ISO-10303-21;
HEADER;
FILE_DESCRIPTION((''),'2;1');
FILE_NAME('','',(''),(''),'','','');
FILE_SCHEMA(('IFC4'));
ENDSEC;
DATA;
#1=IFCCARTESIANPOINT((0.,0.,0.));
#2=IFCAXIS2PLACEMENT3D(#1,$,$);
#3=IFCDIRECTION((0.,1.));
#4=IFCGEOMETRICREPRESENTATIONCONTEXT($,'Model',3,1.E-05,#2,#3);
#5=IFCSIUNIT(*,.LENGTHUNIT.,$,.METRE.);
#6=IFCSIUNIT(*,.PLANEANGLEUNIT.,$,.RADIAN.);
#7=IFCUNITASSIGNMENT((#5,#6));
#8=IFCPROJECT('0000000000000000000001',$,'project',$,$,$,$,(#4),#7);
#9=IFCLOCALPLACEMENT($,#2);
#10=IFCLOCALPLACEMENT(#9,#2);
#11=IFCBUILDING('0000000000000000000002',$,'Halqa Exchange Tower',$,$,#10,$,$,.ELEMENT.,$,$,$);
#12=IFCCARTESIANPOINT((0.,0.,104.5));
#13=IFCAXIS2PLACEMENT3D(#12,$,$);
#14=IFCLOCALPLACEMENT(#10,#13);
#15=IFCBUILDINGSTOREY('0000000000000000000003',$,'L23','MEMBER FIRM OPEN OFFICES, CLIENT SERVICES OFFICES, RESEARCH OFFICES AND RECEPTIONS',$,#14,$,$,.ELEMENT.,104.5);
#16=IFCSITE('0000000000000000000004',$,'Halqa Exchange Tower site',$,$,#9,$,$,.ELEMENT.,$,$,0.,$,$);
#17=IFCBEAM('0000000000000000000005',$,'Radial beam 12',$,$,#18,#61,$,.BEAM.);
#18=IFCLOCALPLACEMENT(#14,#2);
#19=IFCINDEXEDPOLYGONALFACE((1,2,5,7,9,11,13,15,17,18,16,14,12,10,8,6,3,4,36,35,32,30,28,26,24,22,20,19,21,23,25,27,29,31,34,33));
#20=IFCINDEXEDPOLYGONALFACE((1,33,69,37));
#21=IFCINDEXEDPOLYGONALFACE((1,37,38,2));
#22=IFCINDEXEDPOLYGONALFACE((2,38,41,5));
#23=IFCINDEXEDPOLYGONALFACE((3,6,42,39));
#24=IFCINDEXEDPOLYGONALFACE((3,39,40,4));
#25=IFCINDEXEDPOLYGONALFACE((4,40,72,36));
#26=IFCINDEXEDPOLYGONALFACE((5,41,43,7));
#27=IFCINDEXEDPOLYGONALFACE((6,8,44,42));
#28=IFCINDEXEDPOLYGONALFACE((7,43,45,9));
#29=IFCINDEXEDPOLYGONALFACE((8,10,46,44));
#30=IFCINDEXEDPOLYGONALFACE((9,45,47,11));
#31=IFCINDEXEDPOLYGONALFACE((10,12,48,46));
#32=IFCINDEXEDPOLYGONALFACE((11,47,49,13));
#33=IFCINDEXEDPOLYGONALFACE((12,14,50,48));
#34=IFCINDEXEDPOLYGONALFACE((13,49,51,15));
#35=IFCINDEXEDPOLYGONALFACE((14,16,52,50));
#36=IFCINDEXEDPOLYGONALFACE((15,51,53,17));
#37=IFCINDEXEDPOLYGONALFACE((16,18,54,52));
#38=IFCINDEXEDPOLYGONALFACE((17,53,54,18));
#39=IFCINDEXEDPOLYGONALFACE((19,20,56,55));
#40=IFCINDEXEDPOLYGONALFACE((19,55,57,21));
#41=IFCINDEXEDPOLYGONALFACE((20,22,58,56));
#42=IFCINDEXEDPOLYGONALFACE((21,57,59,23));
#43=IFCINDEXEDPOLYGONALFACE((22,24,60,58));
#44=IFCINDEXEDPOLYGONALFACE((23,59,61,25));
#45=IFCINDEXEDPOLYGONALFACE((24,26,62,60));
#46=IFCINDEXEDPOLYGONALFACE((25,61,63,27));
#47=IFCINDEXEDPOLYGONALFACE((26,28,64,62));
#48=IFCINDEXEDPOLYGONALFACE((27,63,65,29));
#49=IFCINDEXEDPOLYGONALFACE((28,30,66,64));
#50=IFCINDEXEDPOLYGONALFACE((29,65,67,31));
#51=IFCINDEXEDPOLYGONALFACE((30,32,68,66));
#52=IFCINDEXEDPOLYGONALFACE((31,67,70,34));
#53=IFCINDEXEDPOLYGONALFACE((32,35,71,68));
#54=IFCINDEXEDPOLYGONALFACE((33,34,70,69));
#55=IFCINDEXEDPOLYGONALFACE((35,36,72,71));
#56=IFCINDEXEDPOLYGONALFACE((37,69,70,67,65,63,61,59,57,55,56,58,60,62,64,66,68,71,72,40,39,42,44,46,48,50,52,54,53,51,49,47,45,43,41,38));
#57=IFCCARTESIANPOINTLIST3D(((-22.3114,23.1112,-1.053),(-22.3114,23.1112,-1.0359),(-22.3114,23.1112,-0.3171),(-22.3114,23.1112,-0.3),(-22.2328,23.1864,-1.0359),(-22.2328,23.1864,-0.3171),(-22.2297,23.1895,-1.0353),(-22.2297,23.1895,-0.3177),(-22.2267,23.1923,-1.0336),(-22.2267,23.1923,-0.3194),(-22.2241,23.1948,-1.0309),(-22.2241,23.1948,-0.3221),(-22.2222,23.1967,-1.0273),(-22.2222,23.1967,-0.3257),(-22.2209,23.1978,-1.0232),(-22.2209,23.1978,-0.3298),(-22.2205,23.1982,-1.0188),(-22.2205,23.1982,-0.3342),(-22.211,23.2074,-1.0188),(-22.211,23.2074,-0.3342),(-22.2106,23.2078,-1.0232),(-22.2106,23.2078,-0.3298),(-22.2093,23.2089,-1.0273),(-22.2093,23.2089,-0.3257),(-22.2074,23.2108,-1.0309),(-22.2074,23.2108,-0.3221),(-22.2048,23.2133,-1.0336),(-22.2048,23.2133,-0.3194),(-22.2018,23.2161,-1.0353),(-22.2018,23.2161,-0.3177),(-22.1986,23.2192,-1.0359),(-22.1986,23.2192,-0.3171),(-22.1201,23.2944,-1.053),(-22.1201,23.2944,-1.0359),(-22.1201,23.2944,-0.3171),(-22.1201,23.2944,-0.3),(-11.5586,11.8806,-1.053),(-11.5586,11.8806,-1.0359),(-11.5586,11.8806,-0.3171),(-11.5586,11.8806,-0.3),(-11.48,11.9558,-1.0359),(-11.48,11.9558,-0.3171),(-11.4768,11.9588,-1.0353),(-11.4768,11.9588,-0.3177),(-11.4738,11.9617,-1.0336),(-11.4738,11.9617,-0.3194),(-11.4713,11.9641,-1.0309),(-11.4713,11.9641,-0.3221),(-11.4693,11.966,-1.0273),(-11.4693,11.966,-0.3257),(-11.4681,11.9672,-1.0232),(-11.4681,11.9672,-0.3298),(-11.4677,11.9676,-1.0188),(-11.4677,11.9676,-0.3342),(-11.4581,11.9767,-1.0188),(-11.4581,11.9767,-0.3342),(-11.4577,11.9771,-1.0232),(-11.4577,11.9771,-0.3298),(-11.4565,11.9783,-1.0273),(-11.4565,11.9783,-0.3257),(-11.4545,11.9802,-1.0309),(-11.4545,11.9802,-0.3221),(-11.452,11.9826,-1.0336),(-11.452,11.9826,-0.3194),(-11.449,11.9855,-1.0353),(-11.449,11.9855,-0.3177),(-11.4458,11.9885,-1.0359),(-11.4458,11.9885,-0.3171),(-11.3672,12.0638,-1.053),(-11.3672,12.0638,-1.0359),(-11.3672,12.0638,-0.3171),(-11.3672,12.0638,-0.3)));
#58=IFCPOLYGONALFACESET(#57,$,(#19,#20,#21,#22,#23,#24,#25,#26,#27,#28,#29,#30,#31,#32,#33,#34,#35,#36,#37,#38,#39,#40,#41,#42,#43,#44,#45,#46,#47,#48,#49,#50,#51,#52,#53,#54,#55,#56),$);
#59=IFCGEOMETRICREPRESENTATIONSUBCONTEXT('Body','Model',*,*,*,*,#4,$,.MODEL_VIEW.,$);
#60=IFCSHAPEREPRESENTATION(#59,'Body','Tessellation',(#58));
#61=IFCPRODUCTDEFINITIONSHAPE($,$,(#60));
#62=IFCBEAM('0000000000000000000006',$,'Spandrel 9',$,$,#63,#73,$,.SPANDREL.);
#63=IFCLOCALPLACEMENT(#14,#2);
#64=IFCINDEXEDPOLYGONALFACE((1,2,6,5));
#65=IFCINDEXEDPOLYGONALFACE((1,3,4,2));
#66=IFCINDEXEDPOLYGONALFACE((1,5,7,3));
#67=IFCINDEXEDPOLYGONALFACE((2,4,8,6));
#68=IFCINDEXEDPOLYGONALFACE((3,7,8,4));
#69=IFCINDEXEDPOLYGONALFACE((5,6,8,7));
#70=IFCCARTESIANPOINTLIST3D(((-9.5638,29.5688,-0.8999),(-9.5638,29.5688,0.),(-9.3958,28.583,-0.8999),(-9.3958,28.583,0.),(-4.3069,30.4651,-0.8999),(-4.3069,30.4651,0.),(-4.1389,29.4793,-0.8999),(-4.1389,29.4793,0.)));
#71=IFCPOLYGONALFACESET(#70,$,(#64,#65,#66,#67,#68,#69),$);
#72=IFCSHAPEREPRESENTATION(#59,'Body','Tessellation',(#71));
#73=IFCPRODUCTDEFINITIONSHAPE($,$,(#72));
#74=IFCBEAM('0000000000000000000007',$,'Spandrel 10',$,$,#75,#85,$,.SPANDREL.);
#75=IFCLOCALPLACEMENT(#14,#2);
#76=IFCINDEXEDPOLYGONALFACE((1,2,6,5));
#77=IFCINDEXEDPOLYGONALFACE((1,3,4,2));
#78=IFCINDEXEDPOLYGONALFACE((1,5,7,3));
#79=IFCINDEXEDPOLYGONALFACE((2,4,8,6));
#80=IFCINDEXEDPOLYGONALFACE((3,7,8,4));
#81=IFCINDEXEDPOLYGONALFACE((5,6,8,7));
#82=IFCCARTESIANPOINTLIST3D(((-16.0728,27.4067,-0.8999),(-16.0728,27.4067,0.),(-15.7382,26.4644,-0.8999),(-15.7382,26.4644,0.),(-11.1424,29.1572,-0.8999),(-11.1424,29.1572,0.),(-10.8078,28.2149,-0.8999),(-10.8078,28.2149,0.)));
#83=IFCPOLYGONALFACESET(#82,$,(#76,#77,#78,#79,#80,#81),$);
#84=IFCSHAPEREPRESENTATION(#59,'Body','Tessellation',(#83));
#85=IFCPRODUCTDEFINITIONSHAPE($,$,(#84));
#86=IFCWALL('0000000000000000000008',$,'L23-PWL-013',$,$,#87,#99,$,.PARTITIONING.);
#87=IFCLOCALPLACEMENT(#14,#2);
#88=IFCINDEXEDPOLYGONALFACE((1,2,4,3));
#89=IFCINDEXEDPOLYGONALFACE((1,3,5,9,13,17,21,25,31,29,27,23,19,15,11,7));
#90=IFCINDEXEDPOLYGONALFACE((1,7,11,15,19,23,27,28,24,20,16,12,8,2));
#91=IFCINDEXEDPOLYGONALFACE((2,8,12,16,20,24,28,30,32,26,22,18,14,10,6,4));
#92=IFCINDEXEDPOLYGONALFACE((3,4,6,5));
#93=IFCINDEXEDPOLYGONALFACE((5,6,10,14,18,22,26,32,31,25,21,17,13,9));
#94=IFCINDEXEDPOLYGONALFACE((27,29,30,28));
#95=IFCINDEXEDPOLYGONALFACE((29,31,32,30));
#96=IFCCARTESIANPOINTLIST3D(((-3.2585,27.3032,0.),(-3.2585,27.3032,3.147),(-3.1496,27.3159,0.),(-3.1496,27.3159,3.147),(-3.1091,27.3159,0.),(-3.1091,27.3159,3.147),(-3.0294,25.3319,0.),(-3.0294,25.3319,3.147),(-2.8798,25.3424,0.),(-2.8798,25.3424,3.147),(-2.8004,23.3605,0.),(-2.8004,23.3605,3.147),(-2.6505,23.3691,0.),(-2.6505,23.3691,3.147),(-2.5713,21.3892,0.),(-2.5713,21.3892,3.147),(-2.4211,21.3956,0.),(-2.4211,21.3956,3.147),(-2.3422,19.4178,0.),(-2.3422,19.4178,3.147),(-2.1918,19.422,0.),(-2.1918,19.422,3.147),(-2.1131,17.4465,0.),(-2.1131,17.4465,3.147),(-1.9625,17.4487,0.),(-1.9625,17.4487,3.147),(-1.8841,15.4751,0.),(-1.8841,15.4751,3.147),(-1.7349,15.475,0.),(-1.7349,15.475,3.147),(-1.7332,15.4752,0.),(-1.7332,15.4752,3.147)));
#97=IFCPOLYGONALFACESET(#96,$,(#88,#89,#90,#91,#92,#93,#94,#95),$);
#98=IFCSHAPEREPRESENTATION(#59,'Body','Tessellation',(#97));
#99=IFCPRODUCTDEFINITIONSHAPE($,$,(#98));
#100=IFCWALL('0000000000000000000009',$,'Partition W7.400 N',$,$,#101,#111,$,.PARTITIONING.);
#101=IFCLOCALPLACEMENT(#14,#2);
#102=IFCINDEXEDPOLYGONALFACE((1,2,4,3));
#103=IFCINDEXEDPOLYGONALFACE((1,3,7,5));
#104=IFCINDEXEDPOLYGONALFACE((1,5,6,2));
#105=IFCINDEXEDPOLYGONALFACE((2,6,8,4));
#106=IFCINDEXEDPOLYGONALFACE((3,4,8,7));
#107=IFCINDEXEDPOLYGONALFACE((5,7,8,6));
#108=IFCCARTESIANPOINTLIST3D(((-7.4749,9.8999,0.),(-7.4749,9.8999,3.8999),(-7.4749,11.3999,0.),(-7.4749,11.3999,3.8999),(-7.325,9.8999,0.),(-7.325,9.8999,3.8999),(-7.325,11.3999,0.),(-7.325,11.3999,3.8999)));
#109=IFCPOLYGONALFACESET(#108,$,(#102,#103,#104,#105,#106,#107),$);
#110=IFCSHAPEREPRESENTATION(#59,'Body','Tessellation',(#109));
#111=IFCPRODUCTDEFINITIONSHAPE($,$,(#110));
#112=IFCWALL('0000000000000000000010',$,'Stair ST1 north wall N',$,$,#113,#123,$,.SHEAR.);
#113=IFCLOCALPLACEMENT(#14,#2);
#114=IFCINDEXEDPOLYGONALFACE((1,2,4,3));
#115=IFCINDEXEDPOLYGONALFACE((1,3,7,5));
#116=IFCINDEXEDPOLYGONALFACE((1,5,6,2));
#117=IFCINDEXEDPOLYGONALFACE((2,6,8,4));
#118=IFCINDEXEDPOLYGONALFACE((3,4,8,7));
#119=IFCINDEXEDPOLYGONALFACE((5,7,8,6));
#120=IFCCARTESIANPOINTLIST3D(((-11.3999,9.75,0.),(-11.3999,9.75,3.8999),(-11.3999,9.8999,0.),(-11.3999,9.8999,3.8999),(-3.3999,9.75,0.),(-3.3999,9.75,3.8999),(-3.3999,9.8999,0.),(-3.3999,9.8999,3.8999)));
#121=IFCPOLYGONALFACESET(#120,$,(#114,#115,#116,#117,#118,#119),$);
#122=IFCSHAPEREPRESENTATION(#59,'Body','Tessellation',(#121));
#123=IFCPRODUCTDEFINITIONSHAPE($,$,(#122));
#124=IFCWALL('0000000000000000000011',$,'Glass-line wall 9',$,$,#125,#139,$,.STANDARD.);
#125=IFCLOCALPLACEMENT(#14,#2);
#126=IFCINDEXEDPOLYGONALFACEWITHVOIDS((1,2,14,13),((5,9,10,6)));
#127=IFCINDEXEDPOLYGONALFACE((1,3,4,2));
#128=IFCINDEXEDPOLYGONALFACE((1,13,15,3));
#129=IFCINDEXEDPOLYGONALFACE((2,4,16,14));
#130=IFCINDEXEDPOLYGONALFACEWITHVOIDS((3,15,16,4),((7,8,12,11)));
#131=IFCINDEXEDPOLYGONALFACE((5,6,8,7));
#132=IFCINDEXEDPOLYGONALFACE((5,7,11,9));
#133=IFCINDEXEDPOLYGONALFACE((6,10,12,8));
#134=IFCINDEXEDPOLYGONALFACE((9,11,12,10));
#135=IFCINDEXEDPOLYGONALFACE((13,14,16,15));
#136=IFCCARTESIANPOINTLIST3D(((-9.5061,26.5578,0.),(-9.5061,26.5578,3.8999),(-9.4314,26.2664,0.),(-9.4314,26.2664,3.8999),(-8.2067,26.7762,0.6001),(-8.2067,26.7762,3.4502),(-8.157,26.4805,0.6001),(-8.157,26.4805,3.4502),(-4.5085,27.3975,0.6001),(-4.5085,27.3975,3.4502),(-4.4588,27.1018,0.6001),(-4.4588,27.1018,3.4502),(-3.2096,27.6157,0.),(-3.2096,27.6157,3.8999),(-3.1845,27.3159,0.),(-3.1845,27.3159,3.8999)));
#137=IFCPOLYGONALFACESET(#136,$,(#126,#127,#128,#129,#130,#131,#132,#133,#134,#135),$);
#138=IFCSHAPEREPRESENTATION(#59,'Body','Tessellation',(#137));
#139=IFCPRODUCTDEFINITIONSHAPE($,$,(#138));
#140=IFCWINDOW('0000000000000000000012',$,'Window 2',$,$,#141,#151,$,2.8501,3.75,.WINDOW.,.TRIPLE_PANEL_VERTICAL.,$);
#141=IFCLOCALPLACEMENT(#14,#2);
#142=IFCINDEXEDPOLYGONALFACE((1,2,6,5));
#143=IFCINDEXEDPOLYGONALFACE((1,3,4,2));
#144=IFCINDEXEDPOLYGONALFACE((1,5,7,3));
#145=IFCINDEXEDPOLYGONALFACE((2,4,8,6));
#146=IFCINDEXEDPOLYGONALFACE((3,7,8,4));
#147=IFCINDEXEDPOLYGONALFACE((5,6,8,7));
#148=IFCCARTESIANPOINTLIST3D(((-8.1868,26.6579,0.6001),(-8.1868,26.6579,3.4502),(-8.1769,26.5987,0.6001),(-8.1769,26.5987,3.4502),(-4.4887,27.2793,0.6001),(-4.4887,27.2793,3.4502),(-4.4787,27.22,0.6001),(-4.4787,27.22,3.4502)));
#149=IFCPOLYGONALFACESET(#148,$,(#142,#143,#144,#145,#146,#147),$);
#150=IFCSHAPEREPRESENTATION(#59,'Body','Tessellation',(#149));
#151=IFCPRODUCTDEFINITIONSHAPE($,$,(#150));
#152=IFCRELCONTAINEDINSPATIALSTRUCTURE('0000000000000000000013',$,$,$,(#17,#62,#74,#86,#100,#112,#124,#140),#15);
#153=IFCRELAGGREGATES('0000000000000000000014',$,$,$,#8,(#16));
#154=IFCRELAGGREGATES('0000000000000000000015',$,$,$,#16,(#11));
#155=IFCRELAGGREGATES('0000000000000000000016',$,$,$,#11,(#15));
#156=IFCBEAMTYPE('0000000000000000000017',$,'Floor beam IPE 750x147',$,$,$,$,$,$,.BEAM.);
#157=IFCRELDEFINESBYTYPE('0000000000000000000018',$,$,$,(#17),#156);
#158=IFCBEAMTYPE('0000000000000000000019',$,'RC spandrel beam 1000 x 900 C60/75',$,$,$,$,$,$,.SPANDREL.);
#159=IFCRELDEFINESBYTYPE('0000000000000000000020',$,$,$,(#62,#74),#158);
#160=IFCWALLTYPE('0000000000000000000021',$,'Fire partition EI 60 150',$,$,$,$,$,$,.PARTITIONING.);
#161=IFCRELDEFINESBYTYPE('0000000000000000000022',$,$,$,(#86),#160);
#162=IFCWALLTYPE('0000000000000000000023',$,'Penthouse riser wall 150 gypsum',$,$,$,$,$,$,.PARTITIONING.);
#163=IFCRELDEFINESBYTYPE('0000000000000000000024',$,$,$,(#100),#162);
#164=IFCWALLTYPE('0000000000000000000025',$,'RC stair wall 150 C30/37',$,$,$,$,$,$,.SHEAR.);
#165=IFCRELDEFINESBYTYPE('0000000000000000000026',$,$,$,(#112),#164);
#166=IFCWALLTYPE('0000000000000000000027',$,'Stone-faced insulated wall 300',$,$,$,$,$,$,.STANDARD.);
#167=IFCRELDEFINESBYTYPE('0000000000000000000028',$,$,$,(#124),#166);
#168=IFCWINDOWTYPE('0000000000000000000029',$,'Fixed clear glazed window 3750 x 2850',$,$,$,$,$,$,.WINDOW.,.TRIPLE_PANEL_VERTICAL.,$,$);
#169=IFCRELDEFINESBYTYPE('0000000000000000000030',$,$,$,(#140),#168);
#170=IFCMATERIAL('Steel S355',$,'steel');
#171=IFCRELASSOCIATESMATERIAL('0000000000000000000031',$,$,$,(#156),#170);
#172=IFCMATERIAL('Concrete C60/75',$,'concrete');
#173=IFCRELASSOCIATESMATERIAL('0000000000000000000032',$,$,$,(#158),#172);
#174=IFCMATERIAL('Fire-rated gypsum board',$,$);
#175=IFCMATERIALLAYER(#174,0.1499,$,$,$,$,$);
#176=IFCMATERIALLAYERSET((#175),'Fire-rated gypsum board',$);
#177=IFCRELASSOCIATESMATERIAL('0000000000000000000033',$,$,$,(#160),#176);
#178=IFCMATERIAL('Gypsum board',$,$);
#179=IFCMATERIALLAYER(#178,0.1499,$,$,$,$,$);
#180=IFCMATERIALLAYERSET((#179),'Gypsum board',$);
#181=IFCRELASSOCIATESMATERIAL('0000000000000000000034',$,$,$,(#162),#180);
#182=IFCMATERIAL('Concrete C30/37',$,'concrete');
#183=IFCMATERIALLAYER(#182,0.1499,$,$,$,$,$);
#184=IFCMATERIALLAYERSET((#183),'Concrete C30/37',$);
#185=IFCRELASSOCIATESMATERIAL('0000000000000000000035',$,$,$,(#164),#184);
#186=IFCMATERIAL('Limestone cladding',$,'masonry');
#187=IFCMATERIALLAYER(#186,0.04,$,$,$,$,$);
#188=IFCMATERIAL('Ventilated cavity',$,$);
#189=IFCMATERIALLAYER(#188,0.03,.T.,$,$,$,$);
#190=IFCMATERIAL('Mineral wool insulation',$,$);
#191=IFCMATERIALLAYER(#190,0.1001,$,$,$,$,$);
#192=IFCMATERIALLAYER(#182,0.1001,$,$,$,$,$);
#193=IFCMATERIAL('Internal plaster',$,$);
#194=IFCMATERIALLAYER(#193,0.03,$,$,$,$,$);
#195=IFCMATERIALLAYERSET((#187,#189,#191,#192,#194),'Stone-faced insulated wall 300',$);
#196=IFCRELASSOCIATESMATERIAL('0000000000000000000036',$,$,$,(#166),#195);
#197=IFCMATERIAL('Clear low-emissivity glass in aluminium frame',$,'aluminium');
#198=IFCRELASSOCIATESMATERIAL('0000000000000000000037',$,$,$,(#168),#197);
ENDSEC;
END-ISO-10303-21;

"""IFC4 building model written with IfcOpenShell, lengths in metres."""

from ifc_helpers import new_model, si_unit, direction, frame, frame_2d, origin, origin_2d, place, context, subcontext, project, spatial, polyline, rectangle, i_section, outline, extrude, material, layer, layer_set, material_profile, profile_set, type_object, element, fill, save


model = new_model("IFC4")

# Units and contexts
model_context = context("Model", 3, precision=1e-05, world=origin(), true_north=direction((0.0, 1.0)))
body_context = subcontext(model_context, "Body", "Model", "MODEL_VIEW")
ifc_project = project(units=[si_unit("LENGTHUNIT", "METRE"), si_unit("PLANEANGLEUNIT", "RADIAN")], contexts=[model_context])

# Site, building, storey
site_placement = place(None, origin())
site = spatial("IfcSite", under=ifc_project, at=site_placement, Name="Halqa Exchange Tower site", CompositionType="ELEMENT", RefElevation=0.0)
building_placement = place(site_placement, origin())
building = spatial("IfcBuilding", under=site, at=building_placement, Name="Halqa Exchange Tower", CompositionType="ELEMENT")
storey_placement = place(building_placement, frame((0.0, 0.0, 104.5)))
storey = spatial("IfcBuildingStorey", under=building, at=storey_placement, Name="L23", Description="MEMBER FIRM OPEN OFFICES, CLIENT SERVICES OFFICES, RESEARCH OFFICES AND RECEPTIONS", CompositionType="ELEMENT", Elevation=104.5)

# Beams
ifc_material_1 = material(Name="Steel S355", Category="steel")
ifc_material_profile_1 = material_profile(ifc_material_1, i_section(OverallWidth=0.2649, OverallDepth=0.7529, WebThickness=0.0132, FlangeThickness=0.0171, FilletRadius=0.0171, at=origin_2d()), Name="IPE 750x147")
ifc_profile_set_1 = profile_set([ifc_material_profile_1], Name="Steel S355")
beam_type_1 = type_object("IfcBeamType", Name="Floor beam IPE 750x147", PredefinedType="BEAM", material=ifc_profile_set_1)
beam_1_placement = place(storey_placement, frame((-11.4629, 11.9722, -0.6765), z_axis=(-0.691576, 0.722304, 0.0), x_axis=(-0.722304, -0.691576, 0.0)))
element("IfcBeam", 1, at=beam_1_placement, inside=storey, type_object=beam_type_1, Name="Radial beam 12", PredefinedType="BEAM", context=body_context, shape_type="SweptSolid", body=[
    extrude(i_section(OverallWidth=0.2649, OverallDepth=0.7529, WebThickness=0.0132, FlangeThickness=0.0171, FilletRadius=0.0171, at=origin_2d()), origin(), (0.0, 0.0, 1.0), 15.5483),
])
ifc_material_2 = material(Name="Concrete C60/75", Category="concrete")
ifc_material_profile_2 = material_profile(ifc_material_2, rectangle(XDim=1.0, YDim=0.8999, at=origin_2d()), Name="1000 x 900")
ifc_profile_set_2 = profile_set([ifc_material_profile_2], Name="Concrete C60/75")
beam_type_2 = type_object("IfcBeamType", Name="RC spandrel beam 1000 x 900 C60/75", PredefinedType="SPANDREL", material=ifc_profile_set_2)
beam_2_placement = place(storey_placement, frame((-4.2229, 29.9722, -0.45), z_axis=(-0.985776, -0.168065, 0.0), x_axis=(0.168065, -0.985776, 0.0)))
element("IfcBeam", 2, at=beam_2_placement, inside=storey, type_object=beam_type_2, Name="Spandrel 9", PredefinedType="SPANDREL", context=body_context, shape_type="SweptSolid", body=[
    extrude(rectangle(XDim=1.0, YDim=0.8999, at=origin_2d()), origin(), (0.0, 0.0, 1.0), 5.3328),
])
beam_3_placement = place(storey_placement, frame((-10.9751, 28.686, -0.45), z_axis=(-0.942368, -0.334577, 0.0), x_axis=(0.334577, -0.942368, 0.0)))
element("IfcBeam", 3, at=beam_3_placement, inside=storey, type_object=beam_type_2, Name="Spandrel 10", PredefinedType="SPANDREL", context=body_context, shape_type="SweptSolid", body=[
    extrude(rectangle(XDim=1.0, YDim=0.8999, at=origin_2d()), origin(), (0.0, 0.0, 1.0), 5.2319),
])

# Walls
ifc_material_3 = material(Name="Fire-rated gypsum board")
ifc_layer_1 = layer(ifc_material_3, 0.1499)
ifc_layer_set_1 = layer_set([ifc_layer_1], Name="Fire-rated gypsum board")
wall_type_1 = type_object("IfcWallType", Name="Fire partition EI 60 150", PredefinedType="PARTITIONING", material=ifc_layer_set_1)
wall_1_placement = place(storey_placement, frame((-1.8076, 15.4666, 0.0), z_axis=(0.0, 0.0, 1.0), x_axis=(-0.115425, 0.993316, 0.0)))
element("IfcWall", 4, at=wall_1_placement, inside=storey, type_object=wall_type_1, Name="L23-PWL-013", PredefinedType="PARTITIONING", context=body_context, shape_type="SweptSolid", body=[
    extrude(outline(polyline([(0.0, -0.075), (1.9868, -0.075), (3.9734, -0.075), (5.9602, -0.075), (7.947, -0.075), (9.9336, -0.075), (11.9204, -0.075), (11.925, -0.0347), (11.925, 0.075), (9.9404, 0.075), (7.9558, 0.075), (5.9712, 0.075), (3.9866, 0.075), (2.002, 0.075), (0.0173, 0.075), (0.0, -0.0732), (0.0, -0.075)])), origin(), (0.0, 0.0, 1.0), 3.147),
])
ifc_material_4 = material(Name="Gypsum board")
ifc_layer_2 = layer(ifc_material_4, 0.1499)
ifc_layer_set_2 = layer_set([ifc_layer_2], Name="Gypsum board")
wall_type_2 = type_object("IfcWallType", Name="Penthouse riser wall 150 gypsum", PredefinedType="PARTITIONING", material=ifc_layer_set_2)
wall_2_placement = place(storey_placement, frame((-7.3999, 9.8999, 0.0), z_axis=(0.0, 0.0, 1.0), x_axis=(0.0, 1.0, 0.0)))
element("IfcWall", 5, at=wall_2_placement, inside=storey, type_object=wall_type_2, Name="Partition W7.400 N", PredefinedType="PARTITIONING", context=body_context, shape_type="SweptSolid", body=[
    extrude(rectangle(XDim=1.5, YDim=0.1499, at=frame_2d((0.75, 0.0))), origin(), (0.0, 0.0, 1.0), 3.8999),
])
ifc_material_5 = material(Name="Concrete C30/37", Category="concrete")
ifc_layer_3 = layer(ifc_material_5, 0.1499)
ifc_layer_set_3 = layer_set([ifc_layer_3], Name="Concrete C30/37")
wall_type_3 = type_object("IfcWallType", Name="RC stair wall 150 C30/37", PredefinedType="SHEAR", material=ifc_layer_set_3)
wall_3_placement = place(storey_placement, frame((-11.3999, 9.825, 0.0), z_axis=(0.0, 0.0, 1.0), x_axis=(1.0, 0.0, 0.0)))
element("IfcWall", 6, at=wall_3_placement, inside=storey, type_object=wall_type_3, Name="Stair ST1 north wall N", PredefinedType="SHEAR", context=body_context, shape_type="SweptSolid", body=[
    extrude(rectangle(XDim=8.0, YDim=0.1499, at=frame_2d((4.0, 0.0))), origin(), (0.0, 0.0, 1.0), 3.8999),
])

# Wall, opening, window
ifc_material_6 = material(Name="Limestone cladding", Category="masonry")
ifc_layer_4 = layer(ifc_material_6, 0.04)
ifc_material_7 = material(Name="Ventilated cavity")
ifc_layer_5 = layer(ifc_material_7, 0.03, ventilated=True)
ifc_material_8 = material(Name="Mineral wool insulation")
ifc_layer_6 = layer(ifc_material_8, 0.1001)
ifc_layer_7 = layer(ifc_material_5, 0.1001)
ifc_material_9 = material(Name="Internal plaster")
ifc_layer_8 = layer(ifc_material_9, 0.03)
ifc_layer_set_4 = layer_set([ifc_layer_4, ifc_layer_5, ifc_layer_6, ifc_layer_7, ifc_layer_8], Name="Stone-faced insulated wall 300")
wall_type_4 = type_object("IfcWallType", Name="Stone-faced insulated wall 300", PredefinedType="STANDARD", material=ifc_layer_set_4)
wall_4_placement = place(storey_placement, frame((-3.197, 27.4658, 0.0), z_axis=(0.0, 0.0, 1.0), x_axis=(-0.986178, -0.165687, 0.0)))
wall_4 = element("IfcWall", 7, at=wall_4_placement, inside=storey, type_object=wall_type_4, Name="Glass-line wall 9", PredefinedType="STANDARD", context=body_context, shape_type="SweptSolid", body=[
    extrude(outline(polyline([(-0.0125, -0.1499), (6.3723, -0.1499), (6.3469, 0.1499), (0.0125, 0.1499), (-0.0125, -0.1499)])), origin(), (0.0, 0.0, 1.0), 3.8999),
])
opening_1_placement = place(wall_4_placement, frame((1.3047, 0.0, 0.6001)))
opening_1 = element("IfcOpeningElement", 8, at=opening_1_placement, cuts=wall_4, PredefinedType="OPENING", context=body_context, shape_type="SweptSolid", body=[
    extrude(rectangle(XDim=3.75, YDim=2.8501, at=frame_2d((1.875, 1.425))), frame((0.0, 0.1621, 0.0), z_axis=(0.0, -1.0, 0.0), x_axis=(1.0, 0.0, 0.0)), (0.0, 0.0, 1.0), 0.324),
])
ifc_material_10 = material(Name="Clear low-emissivity glass in aluminium frame", Category="aluminium")
window_type = type_object("IfcWindowType", Name="Fixed clear glazed window 3750 x 2850", PartitioningType="TRIPLE_PANEL_VERTICAL", PredefinedType="WINDOW", material=ifc_material_10)
window_1_placement = place(opening_1_placement, origin())
window_1 = element("IfcWindow", 9, at=window_1_placement, inside=storey, type_object=window_type, Name="Window 2", OverallHeight=2.8501, OverallWidth=3.75, PartitioningType="TRIPLE_PANEL_VERTICAL", PredefinedType="WINDOW", context=body_context, shape_type="SweptSolid", body=[
    extrude(rectangle(XDim=3.75, YDim=2.8501, at=frame_2d((1.875, 1.425))), frame((0.0, 0.03, 0.0), z_axis=(0.0, -1.0, 0.0), x_axis=(1.0, 0.0, 0.0)), (0.0, 0.0, 1.0), 0.0601),
])
fill(opening_1, window_1)

save(model, "model.ifc")
